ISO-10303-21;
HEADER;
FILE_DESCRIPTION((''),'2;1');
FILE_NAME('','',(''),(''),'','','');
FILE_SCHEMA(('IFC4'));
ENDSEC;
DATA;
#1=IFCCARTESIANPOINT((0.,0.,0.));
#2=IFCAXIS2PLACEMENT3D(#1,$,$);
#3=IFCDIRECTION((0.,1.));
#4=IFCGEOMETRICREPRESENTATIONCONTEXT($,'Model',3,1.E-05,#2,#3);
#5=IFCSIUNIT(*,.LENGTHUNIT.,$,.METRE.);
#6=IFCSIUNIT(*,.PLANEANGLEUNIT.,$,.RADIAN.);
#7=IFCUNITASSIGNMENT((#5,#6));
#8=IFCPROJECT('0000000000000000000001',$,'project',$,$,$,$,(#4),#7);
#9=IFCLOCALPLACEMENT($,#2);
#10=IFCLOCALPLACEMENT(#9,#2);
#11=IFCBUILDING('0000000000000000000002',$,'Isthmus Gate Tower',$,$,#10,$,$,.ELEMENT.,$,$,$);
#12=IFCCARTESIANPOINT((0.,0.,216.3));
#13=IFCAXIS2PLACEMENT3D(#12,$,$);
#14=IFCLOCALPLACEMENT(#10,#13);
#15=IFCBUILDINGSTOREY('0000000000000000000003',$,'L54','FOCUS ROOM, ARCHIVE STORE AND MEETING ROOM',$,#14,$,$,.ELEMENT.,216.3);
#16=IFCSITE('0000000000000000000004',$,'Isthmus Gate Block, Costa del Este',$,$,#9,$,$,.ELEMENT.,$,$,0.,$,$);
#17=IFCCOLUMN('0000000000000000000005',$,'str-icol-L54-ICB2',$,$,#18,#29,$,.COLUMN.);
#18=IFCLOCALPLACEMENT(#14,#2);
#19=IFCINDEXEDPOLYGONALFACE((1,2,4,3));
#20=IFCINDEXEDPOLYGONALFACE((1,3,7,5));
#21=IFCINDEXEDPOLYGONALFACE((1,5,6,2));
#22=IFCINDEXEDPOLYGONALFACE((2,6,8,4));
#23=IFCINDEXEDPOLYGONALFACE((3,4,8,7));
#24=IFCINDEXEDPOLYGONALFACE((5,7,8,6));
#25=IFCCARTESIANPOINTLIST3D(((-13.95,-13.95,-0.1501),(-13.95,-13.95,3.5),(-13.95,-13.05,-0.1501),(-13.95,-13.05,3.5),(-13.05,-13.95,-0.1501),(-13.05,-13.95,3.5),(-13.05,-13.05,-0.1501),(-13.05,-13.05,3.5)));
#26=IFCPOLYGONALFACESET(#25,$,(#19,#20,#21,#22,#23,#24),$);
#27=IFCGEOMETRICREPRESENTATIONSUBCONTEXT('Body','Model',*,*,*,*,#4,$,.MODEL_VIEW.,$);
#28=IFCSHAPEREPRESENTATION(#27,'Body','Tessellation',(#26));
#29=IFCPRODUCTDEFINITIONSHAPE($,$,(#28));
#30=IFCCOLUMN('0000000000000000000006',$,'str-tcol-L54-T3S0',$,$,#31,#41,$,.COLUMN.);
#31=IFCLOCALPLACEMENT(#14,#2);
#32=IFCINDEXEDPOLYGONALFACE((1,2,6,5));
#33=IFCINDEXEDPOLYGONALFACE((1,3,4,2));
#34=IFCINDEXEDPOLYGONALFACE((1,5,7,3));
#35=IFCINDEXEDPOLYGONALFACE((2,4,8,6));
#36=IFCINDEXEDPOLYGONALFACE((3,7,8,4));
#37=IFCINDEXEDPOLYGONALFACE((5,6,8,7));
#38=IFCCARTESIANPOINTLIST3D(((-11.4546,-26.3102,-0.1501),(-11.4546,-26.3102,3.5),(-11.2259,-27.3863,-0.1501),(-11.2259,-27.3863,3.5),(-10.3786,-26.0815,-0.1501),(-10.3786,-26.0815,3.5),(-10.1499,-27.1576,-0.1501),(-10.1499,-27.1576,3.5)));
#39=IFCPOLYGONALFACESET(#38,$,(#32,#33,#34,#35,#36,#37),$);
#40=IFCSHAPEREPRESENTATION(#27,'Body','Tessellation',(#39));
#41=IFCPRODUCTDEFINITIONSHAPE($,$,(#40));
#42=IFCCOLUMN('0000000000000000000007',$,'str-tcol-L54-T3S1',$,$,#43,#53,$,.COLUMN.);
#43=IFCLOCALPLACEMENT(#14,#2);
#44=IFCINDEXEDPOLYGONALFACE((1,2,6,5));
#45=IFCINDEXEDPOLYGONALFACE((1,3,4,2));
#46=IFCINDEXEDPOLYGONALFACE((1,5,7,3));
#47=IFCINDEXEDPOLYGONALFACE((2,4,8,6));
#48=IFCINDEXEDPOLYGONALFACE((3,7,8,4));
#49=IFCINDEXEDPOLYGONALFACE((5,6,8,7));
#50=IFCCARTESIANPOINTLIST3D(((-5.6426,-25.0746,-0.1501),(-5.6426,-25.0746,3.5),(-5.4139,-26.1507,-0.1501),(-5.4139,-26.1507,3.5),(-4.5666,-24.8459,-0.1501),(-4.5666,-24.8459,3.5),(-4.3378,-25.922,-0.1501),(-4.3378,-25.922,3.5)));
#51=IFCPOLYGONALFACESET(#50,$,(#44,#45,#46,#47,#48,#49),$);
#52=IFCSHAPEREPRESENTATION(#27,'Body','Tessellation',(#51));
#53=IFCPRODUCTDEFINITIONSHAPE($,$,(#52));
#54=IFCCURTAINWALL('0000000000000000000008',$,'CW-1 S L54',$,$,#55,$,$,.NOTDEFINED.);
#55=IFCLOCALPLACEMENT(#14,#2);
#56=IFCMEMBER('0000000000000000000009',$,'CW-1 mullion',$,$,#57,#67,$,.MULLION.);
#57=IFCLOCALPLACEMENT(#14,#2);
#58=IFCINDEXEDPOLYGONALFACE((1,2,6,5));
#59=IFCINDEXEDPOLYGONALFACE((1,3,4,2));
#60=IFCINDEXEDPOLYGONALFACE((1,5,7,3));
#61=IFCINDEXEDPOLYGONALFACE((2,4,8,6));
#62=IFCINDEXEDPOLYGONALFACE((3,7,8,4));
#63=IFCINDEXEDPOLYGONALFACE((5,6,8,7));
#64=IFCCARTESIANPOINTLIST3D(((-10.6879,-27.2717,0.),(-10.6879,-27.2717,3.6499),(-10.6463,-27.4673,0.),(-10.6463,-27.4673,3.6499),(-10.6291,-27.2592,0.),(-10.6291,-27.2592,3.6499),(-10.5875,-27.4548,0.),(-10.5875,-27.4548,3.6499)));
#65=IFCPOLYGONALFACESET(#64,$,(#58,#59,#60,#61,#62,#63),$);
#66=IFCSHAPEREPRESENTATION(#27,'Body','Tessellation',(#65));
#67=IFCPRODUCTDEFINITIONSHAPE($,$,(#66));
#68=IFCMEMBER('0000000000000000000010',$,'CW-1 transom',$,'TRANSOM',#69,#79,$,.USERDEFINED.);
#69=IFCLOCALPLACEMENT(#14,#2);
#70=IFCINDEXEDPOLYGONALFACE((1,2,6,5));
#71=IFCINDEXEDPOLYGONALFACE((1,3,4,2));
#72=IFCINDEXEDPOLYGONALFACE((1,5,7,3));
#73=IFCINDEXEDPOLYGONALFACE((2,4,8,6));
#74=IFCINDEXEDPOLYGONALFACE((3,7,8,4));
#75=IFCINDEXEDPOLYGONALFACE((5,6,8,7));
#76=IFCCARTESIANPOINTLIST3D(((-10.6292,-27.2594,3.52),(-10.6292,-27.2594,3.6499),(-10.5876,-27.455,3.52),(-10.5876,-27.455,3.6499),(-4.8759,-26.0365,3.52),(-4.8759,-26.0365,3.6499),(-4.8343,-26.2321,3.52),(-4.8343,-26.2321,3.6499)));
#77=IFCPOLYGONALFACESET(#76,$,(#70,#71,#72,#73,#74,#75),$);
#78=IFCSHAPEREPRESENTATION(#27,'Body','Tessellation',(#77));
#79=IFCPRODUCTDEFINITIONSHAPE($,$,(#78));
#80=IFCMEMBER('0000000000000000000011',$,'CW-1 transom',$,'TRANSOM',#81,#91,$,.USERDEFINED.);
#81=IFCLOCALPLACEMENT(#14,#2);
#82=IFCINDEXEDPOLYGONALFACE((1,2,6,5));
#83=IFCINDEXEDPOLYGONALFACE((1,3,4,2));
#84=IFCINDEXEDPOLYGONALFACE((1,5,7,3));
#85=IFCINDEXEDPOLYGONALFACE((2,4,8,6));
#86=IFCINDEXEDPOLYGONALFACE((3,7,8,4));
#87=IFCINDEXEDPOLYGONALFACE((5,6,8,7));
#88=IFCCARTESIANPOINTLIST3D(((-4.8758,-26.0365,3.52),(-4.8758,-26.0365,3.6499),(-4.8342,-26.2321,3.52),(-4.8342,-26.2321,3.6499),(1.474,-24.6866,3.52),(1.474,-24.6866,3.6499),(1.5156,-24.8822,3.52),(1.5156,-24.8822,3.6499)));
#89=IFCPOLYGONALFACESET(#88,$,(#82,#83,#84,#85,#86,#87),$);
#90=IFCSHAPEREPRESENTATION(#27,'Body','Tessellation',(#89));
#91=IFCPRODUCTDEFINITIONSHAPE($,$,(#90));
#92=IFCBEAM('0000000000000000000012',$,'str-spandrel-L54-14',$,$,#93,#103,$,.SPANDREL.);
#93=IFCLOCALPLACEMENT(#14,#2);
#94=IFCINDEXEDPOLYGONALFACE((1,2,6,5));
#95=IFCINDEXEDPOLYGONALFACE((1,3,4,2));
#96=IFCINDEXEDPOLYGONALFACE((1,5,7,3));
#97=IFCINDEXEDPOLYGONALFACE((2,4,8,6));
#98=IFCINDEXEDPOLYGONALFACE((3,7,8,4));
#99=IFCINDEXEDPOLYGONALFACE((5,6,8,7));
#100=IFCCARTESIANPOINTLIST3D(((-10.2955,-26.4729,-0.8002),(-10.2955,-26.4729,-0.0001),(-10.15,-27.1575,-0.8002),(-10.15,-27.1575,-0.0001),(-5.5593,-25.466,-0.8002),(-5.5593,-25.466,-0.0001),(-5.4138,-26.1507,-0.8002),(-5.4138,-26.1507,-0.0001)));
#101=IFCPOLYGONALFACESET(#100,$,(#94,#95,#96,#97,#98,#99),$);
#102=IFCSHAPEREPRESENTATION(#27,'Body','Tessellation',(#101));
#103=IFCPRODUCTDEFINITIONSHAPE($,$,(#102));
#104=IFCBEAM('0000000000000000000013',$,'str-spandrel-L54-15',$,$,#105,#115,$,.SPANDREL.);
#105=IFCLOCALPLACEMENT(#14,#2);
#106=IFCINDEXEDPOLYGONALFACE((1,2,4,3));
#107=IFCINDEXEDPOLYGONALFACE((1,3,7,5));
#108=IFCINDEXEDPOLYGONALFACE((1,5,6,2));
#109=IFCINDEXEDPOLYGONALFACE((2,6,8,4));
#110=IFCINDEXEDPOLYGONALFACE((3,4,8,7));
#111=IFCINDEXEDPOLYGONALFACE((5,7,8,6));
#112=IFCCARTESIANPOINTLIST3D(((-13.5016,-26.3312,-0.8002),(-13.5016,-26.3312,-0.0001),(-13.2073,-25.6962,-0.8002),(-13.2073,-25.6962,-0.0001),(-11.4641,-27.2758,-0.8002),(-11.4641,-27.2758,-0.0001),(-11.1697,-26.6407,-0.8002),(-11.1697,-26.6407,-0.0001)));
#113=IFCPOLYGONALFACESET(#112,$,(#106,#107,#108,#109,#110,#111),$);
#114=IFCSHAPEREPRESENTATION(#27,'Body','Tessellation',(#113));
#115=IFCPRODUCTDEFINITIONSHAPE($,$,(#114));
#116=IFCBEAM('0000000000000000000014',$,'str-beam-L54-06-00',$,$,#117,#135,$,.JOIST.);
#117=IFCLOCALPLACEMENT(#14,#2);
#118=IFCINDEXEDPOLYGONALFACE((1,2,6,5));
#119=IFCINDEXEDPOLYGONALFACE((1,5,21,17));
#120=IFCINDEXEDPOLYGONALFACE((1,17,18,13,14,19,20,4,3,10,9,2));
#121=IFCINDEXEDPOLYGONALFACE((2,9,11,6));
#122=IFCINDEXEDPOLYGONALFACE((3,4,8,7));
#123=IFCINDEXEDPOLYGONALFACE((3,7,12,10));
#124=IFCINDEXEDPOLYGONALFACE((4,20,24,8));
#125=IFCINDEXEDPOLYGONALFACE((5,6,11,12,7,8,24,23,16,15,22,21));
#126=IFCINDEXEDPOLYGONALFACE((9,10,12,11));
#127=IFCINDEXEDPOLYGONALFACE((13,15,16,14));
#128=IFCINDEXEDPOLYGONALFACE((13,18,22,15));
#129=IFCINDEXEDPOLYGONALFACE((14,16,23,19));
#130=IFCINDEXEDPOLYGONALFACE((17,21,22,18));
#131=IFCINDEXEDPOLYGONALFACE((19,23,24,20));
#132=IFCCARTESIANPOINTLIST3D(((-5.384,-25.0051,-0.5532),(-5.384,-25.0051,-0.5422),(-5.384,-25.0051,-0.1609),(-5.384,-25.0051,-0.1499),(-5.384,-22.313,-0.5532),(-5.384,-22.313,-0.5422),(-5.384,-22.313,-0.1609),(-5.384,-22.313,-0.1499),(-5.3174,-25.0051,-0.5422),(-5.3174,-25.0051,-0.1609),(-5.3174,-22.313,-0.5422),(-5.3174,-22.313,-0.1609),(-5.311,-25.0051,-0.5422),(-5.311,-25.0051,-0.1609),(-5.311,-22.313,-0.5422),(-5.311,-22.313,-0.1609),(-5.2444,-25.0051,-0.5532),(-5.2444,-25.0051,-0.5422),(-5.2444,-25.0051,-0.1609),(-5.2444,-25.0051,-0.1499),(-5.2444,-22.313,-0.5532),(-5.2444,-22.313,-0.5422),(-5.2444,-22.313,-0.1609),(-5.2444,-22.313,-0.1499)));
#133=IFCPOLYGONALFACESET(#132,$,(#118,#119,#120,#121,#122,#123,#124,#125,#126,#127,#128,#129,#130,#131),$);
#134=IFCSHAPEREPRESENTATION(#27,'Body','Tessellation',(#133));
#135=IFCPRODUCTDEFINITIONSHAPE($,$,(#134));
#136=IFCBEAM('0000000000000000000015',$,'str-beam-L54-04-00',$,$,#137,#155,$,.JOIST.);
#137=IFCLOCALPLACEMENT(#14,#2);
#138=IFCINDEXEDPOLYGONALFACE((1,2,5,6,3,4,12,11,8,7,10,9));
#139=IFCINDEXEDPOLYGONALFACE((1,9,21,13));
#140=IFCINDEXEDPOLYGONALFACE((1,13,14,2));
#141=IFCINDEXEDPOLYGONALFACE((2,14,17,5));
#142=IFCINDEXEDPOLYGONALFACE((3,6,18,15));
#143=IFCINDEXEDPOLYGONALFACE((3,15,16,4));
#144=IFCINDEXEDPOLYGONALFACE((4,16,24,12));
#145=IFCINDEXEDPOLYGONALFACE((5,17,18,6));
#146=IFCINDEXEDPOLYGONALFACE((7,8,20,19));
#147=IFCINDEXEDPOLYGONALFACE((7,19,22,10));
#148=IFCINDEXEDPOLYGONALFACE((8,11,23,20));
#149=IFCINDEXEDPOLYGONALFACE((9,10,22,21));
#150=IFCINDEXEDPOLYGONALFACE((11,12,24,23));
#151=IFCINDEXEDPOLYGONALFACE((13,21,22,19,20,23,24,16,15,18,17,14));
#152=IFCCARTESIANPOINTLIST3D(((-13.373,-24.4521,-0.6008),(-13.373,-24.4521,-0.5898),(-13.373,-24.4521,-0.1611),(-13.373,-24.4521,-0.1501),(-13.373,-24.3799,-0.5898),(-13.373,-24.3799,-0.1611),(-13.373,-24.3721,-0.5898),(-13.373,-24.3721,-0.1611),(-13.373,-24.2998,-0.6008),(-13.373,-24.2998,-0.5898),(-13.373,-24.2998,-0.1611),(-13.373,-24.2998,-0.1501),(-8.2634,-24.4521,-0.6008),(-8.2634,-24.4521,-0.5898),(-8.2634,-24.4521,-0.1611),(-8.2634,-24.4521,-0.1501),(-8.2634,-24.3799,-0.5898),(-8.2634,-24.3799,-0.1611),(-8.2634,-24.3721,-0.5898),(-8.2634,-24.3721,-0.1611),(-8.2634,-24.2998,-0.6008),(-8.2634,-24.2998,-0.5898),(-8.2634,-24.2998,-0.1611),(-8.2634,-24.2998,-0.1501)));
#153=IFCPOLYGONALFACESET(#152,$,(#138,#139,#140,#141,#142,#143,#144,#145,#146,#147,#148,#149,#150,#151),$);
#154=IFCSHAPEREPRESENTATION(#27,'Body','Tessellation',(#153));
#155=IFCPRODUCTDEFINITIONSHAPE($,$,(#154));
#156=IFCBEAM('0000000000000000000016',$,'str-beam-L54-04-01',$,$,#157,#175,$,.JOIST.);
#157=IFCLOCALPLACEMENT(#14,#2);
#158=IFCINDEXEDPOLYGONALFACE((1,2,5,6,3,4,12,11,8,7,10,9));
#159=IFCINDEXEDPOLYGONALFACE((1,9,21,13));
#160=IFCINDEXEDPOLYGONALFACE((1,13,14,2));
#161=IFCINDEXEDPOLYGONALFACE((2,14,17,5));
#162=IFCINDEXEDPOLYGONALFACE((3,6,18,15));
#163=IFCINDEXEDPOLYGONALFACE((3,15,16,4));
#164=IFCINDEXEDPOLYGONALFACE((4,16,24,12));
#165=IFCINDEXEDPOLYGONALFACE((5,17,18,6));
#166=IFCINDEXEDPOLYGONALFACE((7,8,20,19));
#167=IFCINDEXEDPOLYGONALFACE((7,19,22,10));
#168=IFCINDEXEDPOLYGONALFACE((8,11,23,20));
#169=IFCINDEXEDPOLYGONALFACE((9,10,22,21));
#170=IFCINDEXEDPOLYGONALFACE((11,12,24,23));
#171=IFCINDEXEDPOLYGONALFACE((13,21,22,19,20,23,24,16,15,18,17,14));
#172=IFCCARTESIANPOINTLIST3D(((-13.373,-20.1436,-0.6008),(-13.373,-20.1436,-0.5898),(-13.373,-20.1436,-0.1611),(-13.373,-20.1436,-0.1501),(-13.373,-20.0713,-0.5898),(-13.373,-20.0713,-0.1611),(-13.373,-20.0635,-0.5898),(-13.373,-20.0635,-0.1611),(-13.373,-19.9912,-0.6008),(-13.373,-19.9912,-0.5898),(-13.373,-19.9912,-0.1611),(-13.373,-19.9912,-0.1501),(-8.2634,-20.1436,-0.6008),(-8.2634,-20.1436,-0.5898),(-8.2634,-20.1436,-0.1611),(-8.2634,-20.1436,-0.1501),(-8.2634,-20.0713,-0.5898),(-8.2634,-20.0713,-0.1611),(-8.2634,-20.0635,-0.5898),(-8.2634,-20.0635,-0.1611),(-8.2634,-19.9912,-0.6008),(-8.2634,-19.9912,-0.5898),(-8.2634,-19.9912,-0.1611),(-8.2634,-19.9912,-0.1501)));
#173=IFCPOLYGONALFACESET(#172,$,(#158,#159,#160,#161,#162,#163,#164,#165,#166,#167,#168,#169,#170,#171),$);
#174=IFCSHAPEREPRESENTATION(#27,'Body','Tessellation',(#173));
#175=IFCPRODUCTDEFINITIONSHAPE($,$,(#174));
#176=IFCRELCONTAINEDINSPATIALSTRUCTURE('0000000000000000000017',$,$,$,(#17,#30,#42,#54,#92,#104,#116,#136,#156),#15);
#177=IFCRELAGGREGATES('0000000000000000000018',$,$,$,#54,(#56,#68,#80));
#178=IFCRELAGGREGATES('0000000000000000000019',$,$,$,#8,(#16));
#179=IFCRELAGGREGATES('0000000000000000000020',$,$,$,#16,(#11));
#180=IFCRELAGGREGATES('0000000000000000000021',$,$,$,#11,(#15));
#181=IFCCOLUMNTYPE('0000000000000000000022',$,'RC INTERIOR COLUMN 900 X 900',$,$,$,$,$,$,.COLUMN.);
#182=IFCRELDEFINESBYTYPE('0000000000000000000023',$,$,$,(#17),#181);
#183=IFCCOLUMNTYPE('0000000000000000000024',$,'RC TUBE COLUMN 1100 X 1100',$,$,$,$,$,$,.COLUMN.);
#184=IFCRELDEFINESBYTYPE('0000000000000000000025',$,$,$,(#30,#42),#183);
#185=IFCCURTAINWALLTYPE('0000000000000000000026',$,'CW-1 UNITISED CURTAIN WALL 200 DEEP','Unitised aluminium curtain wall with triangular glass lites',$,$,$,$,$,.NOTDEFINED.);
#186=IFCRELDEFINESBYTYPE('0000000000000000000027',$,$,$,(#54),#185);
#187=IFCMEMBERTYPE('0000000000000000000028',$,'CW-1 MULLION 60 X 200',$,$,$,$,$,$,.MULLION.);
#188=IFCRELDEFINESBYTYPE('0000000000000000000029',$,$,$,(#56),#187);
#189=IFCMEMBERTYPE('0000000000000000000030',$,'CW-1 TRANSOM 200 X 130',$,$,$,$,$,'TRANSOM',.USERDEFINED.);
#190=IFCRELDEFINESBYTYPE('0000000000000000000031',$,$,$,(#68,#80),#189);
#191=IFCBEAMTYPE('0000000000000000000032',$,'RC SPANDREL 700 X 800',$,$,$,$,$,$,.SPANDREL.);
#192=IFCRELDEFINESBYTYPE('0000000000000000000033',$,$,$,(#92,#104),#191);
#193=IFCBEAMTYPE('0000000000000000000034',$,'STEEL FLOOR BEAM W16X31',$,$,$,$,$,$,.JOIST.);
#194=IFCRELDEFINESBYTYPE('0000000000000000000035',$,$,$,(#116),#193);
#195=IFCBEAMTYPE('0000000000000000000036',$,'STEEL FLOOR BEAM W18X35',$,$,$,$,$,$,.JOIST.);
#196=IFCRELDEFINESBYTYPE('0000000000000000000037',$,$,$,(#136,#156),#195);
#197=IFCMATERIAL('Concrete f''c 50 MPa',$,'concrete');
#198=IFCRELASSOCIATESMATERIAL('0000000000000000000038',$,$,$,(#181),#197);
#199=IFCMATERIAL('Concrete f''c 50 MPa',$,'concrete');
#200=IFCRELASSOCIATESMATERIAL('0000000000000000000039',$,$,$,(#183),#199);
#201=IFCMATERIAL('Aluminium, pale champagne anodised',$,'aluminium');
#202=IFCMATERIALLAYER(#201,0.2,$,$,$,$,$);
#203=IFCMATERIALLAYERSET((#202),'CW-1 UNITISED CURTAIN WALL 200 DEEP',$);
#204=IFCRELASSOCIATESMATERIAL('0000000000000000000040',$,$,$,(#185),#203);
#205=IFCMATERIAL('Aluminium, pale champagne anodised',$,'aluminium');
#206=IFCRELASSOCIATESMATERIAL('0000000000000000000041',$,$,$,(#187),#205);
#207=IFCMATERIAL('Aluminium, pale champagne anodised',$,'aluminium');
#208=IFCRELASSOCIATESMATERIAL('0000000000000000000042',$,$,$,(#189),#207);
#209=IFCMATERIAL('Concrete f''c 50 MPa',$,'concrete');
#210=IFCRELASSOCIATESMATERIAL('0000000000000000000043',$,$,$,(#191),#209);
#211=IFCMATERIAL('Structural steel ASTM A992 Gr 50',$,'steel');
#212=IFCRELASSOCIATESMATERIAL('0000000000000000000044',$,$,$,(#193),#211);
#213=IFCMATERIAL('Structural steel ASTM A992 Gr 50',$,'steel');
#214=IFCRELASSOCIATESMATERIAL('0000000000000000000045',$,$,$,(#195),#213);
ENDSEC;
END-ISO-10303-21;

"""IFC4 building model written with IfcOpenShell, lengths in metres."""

from ifc_helpers import new_model, si_unit, direction, frame, origin, origin_2d, place, context, subcontext, project, spatial, rectangle, i_section, extrude, material, layer, layer_set, material_profile, profile_set, type_object, element, aggregate, save


model = new_model("IFC4")

# Units and contexts
model_context = context("Model", 3, precision=1e-05, world=origin(), true_north=direction((0.0, 1.0)))
body_context = subcontext(model_context, "Body", "Model", "MODEL_VIEW")
ifc_project = project(units=[si_unit("LENGTHUNIT", "METRE"), si_unit("PLANEANGLEUNIT", "RADIAN")], contexts=[model_context])

# Site, building, storey
site_placement = place(None, origin())
site = spatial("IfcSite", under=ifc_project, at=site_placement, Name="Isthmus Gate Block, Costa del Este", CompositionType="ELEMENT", RefElevation=0.0)
building_placement = place(site_placement, origin())
building = spatial("IfcBuilding", under=site, at=building_placement, Name="Isthmus Gate Tower", CompositionType="ELEMENT")
storey_placement = place(building_placement, frame((0.0, 0.0, 216.3)))
storey = spatial("IfcBuildingStorey", under=building, at=storey_placement, Name="L54", Description="FOCUS ROOM, ARCHIVE STORE AND MEETING ROOM", CompositionType="ELEMENT", Elevation=216.3)

# Columns
ifc_material_1 = material(Name="Concrete f'c 50 MPa", Category="concrete")
ifc_material_profile_1 = material_profile(ifc_material_1, rectangle(XDim=0.8999, YDim=0.8999, at=origin_2d()), Name="RC 900X900")
ifc_profile_set_1 = profile_set([ifc_material_profile_1], Name="Concrete f'c 50 MPa")
column_type_1 = type_object("IfcColumnType", Name="RC INTERIOR COLUMN 900 X 900", PredefinedType="COLUMN", material=ifc_profile_set_1)
column_placement = place(storey_placement, frame((-13.5, -13.5, -0.1501), z_axis=(0.0, 0.0, 1.0), x_axis=(1.0, 0.0, 0.0)))
element("IfcColumn", 1, at=column_placement, inside=storey, type_object=column_type_1, Name="str-icol-L54-ICB2", PredefinedType="COLUMN", context=body_context, shape_type="SweptSolid", body=[
    extrude(rectangle(XDim=0.8999, YDim=0.8999, at=origin_2d()), origin(), (0.0, 0.0, 1.0), 3.6501),
])
ifc_material_2 = material(Name="Concrete f'c 50 MPa", Category="concrete")
ifc_material_profile_2 = material_profile(ifc_material_2, rectangle(XDim=1.1001, YDim=1.1001, at=origin_2d()), Name="RC 1100X1100")
ifc_profile_set_2 = profile_set([ifc_material_profile_2], Name="Concrete f'c 50 MPa")
column_type_2 = type_object("IfcColumnType", Name="RC TUBE COLUMN 1100 X 1100", PredefinedType="COLUMN", material=ifc_profile_set_2)
for number, where, z_axis, x_axis, name in (
    (2, (-10.8022, -26.7339, -0.1501), (0.0, 0.0, 1.0), (0.978148, 0.207912, 0.0), "str-tcol-L54-T3S0"),
    (3, (-4.9902, -25.4983, -0.1501), (0.0, 0.0, 1.0), (0.978148, 0.207912, 0.0), "str-tcol-L54-T3S1"),
):
    element("IfcColumn", number, at=place(storey_placement, frame(where, z_axis=z_axis, x_axis=x_axis)), inside=storey, type_object=column_type_2, Name=name, PredefinedType="COLUMN", context=body_context, shape_type="SweptSolid", body=[
        extrude(rectangle(XDim=1.1001, YDim=1.1001, at=origin_2d()), origin(), (0.0, 0.0, 1.0), 3.6501),
    ])

# Curtain wall, members
ifc_material_3 = material(Name="Aluminium, pale champagne anodised", Category="aluminium")
ifc_layer_1 = layer(ifc_material_3, 0.2)
ifc_layer_set_1 = layer_set([ifc_layer_1], Name="CW-1 UNITISED CURTAIN WALL 200 DEEP")
curtain_wall_type = type_object("IfcCurtainWallType", Name="CW-1 UNITISED CURTAIN WALL 200 DEEP", Description="Unitised aluminium curtain wall with triangular glass lites", PredefinedType="NOTDEFINED", material=ifc_layer_set_1)
curtain_wall_1_placement = place(storey_placement, origin())
curtain_wall_1 = element("IfcCurtainWall", 4, at=curtain_wall_1_placement, inside=storey, type_object=curtain_wall_type, Name="CW-1 S L54", PredefinedType="NOTDEFINED")
ifc_material_4 = material(Name="Aluminium, pale champagne anodised", Category="aluminium")
ifc_material_profile_3 = material_profile(ifc_material_4, rectangle(XDim=0.0601, YDim=0.2, at=origin_2d()), Name="60x200")
ifc_profile_set_3 = profile_set([ifc_material_profile_3], Name="Aluminium, pale champagne anodised")
member_type_1 = type_object("IfcMemberType", Name="CW-1 MULLION 60 X 200", PredefinedType="MULLION", material=ifc_profile_set_3)
member_1_placement = place(storey_placement, frame((-10.6377, -27.3633, 0.0), z_axis=(0.0, 0.0, 1.0), x_axis=(0.978148, 0.207912, 0.0)))
member_1 = element("IfcMember", 5, at=member_1_placement, type_object=member_type_1, Name="CW-1 mullion", PredefinedType="MULLION", context=body_context, shape_type="SweptSolid", body=[
    extrude(rectangle(XDim=0.0601, YDim=0.2, at=origin_2d()), origin(), (0.0, 0.0, 1.0), 3.6499),
])
ifc_material_5 = material(Name="Aluminium, pale champagne anodised", Category="aluminium")
ifc_material_profile_4 = material_profile(ifc_material_5, rectangle(XDim=0.2, YDim=0.1299, at=origin_2d()), Name="200x130")
ifc_profile_set_4 = profile_set([ifc_material_profile_4], Name="Aluminium, pale champagne anodised")
member_type_2 = type_object("IfcMemberType", Name="CW-1 TRANSOM 200 X 130", ElementType="TRANSOM", PredefinedType="USERDEFINED", material=ifc_profile_set_4)
member_2_placement = place(storey_placement, frame((-10.6084, -27.3572, 3.585), z_axis=(0.978149, 0.207907, 0.0), x_axis=(-0.207907, 0.978149, 0.0)))
member_2 = element("IfcMember", 6, at=member_2_placement, type_object=member_type_2, Name="CW-1 transom", ObjectType="TRANSOM", PredefinedType="USERDEFINED", context=body_context, shape_type="SweptSolid", body=[
    extrude(rectangle(XDim=0.2, YDim=0.1299, at=origin_2d()), origin(), (0.0, 0.0, 1.0), 5.8818),
])
member_3_placement = place(storey_placement, frame((-4.855, -26.1343, 3.585), z_axis=(0.978143, 0.207934, 0.0), x_axis=(-0.207934, 0.978143, 0.0)))
member_3 = element("IfcMember", 7, at=member_3_placement, type_object=member_type_2, Name="CW-1 transom", ObjectType="TRANSOM", PredefinedType="USERDEFINED", context=body_context, shape_type="SweptSolid", body=[
    extrude(rectangle(XDim=0.2, YDim=0.1299, at=origin_2d()), origin(), (0.0, 0.0, 1.0), 6.4917),
])

# Beams
ifc_material_6 = material(Name="Concrete f'c 50 MPa", Category="concrete")
ifc_material_profile_5 = material_profile(ifc_material_6, rectangle(XDim=0.7, YDim=0.8, at=origin_2d()), Name="RC 700X800")
ifc_profile_set_5 = profile_set([ifc_material_profile_5], Name="Concrete f'c 50 MPa")
beam_type_1 = type_object("IfcBeamType", Name="RC SPANDREL 700 X 800", PredefinedType="SPANDREL", material=ifc_profile_set_5)
beam_1_placement = place(storey_placement, frame((-5.4866, -25.8083, -0.4001), z_axis=(-0.978141, -0.207941, 0.0), x_axis=(0.207941, -0.978141, 0.0)))
element("IfcBeam", 8, at=beam_1_placement, inside=storey, type_object=beam_type_1, Name="str-spandrel-L54-14", PredefinedType="SPANDREL", context=body_context, shape_type="SweptSolid", body=[
    extrude(rectangle(XDim=0.7, YDim=0.8, at=origin_2d()), origin(), (0.0, 0.0, 1.0), 4.842),
])
beam_2_placement = place(storey_placement, frame((-11.3169, -26.9583, -0.4001), z_axis=(-0.907255, 0.420581, 0.0), x_axis=(-0.420581, -0.907255, 0.0)))
element("IfcBeam", 9, at=beam_2_placement, inside=storey, type_object=beam_type_1, Name="str-spandrel-L54-15", PredefinedType="SPANDREL", context=body_context, shape_type="SweptSolid", body=[
    extrude(rectangle(XDim=0.7, YDim=0.8, at=origin_2d()), origin(), (0.0, 0.0, 1.0), 2.2458),
])
ifc_material_7 = material(Name="Structural steel ASTM A992 Gr 50", Category="steel")
ifc_material_profile_6 = material_profile(ifc_material_7, i_section(OverallWidth=0.1396, OverallDepth=0.4033, WebThickness=0.0063, FlangeThickness=0.011, at=origin_2d()), Name="W16X31")
ifc_profile_set_6 = profile_set([ifc_material_profile_6], Name="Structural steel ASTM A992 Gr 50")
beam_type_2 = type_object("IfcBeamType", Name="STEEL FLOOR BEAM W16X31", PredefinedType="JOIST", material=ifc_profile_set_6)
beam_3_placement = place(storey_placement, frame((-5.3142, -25.0051, -0.3516), z_axis=(0.0, 1.0, 0.0), x_axis=(-1.0, 0.0, 0.0)))
element("IfcBeam", 10, at=beam_3_placement, inside=storey, type_object=beam_type_2, Name="str-beam-L54-06-00", PredefinedType="JOIST", context=body_context, shape_type="SweptSolid", body=[
    extrude(i_section(OverallWidth=0.1396, OverallDepth=0.4033, WebThickness=0.0063, FlangeThickness=0.011, at=origin_2d()), origin(), (0.0, 0.0, 1.0), 2.6921),
])
ifc_material_8 = material(Name="Structural steel ASTM A992 Gr 50", Category="steel")
ifc_material_profile_7 = material_profile(ifc_material_8, i_section(OverallWidth=0.1523, OverallDepth=0.4507, WebThickness=0.0078, FlangeThickness=0.011, at=origin_2d()), Name="W18X35")
ifc_profile_set_7 = profile_set([ifc_material_profile_7], Name="Structural steel ASTM A992 Gr 50")
beam_type_3 = type_object("IfcBeamType", Name="STEEL FLOOR BEAM W18X35", PredefinedType="JOIST", material=ifc_profile_set_7)
for number, where, z_axis, x_axis, name in (
    (11, (-13.373, -24.376, -0.3755), (1.0, 0.0, 0.0), (0.0, 1.0, 0.0), "str-beam-L54-04-00"),
    (12, (-13.373, -20.0674, -0.3755), (1.0, 0.0, 0.0), (0.0, 1.0, 0.0), "str-beam-L54-04-01"),
):
    element("IfcBeam", number, at=place(storey_placement, frame(where, z_axis=z_axis, x_axis=x_axis)), inside=storey, type_object=beam_type_3, Name=name, PredefinedType="JOIST", context=body_context, shape_type="SweptSolid", body=[
        extrude(i_section(OverallWidth=0.1523, OverallDepth=0.4507, WebThickness=0.0078, FlangeThickness=0.011, at=origin_2d()), origin(), (0.0, 0.0, 1.0), 5.1096),
    ])

aggregate(curtain_wall_1, [member_1, member_2, member_3])

save(model, "model.ifc")
